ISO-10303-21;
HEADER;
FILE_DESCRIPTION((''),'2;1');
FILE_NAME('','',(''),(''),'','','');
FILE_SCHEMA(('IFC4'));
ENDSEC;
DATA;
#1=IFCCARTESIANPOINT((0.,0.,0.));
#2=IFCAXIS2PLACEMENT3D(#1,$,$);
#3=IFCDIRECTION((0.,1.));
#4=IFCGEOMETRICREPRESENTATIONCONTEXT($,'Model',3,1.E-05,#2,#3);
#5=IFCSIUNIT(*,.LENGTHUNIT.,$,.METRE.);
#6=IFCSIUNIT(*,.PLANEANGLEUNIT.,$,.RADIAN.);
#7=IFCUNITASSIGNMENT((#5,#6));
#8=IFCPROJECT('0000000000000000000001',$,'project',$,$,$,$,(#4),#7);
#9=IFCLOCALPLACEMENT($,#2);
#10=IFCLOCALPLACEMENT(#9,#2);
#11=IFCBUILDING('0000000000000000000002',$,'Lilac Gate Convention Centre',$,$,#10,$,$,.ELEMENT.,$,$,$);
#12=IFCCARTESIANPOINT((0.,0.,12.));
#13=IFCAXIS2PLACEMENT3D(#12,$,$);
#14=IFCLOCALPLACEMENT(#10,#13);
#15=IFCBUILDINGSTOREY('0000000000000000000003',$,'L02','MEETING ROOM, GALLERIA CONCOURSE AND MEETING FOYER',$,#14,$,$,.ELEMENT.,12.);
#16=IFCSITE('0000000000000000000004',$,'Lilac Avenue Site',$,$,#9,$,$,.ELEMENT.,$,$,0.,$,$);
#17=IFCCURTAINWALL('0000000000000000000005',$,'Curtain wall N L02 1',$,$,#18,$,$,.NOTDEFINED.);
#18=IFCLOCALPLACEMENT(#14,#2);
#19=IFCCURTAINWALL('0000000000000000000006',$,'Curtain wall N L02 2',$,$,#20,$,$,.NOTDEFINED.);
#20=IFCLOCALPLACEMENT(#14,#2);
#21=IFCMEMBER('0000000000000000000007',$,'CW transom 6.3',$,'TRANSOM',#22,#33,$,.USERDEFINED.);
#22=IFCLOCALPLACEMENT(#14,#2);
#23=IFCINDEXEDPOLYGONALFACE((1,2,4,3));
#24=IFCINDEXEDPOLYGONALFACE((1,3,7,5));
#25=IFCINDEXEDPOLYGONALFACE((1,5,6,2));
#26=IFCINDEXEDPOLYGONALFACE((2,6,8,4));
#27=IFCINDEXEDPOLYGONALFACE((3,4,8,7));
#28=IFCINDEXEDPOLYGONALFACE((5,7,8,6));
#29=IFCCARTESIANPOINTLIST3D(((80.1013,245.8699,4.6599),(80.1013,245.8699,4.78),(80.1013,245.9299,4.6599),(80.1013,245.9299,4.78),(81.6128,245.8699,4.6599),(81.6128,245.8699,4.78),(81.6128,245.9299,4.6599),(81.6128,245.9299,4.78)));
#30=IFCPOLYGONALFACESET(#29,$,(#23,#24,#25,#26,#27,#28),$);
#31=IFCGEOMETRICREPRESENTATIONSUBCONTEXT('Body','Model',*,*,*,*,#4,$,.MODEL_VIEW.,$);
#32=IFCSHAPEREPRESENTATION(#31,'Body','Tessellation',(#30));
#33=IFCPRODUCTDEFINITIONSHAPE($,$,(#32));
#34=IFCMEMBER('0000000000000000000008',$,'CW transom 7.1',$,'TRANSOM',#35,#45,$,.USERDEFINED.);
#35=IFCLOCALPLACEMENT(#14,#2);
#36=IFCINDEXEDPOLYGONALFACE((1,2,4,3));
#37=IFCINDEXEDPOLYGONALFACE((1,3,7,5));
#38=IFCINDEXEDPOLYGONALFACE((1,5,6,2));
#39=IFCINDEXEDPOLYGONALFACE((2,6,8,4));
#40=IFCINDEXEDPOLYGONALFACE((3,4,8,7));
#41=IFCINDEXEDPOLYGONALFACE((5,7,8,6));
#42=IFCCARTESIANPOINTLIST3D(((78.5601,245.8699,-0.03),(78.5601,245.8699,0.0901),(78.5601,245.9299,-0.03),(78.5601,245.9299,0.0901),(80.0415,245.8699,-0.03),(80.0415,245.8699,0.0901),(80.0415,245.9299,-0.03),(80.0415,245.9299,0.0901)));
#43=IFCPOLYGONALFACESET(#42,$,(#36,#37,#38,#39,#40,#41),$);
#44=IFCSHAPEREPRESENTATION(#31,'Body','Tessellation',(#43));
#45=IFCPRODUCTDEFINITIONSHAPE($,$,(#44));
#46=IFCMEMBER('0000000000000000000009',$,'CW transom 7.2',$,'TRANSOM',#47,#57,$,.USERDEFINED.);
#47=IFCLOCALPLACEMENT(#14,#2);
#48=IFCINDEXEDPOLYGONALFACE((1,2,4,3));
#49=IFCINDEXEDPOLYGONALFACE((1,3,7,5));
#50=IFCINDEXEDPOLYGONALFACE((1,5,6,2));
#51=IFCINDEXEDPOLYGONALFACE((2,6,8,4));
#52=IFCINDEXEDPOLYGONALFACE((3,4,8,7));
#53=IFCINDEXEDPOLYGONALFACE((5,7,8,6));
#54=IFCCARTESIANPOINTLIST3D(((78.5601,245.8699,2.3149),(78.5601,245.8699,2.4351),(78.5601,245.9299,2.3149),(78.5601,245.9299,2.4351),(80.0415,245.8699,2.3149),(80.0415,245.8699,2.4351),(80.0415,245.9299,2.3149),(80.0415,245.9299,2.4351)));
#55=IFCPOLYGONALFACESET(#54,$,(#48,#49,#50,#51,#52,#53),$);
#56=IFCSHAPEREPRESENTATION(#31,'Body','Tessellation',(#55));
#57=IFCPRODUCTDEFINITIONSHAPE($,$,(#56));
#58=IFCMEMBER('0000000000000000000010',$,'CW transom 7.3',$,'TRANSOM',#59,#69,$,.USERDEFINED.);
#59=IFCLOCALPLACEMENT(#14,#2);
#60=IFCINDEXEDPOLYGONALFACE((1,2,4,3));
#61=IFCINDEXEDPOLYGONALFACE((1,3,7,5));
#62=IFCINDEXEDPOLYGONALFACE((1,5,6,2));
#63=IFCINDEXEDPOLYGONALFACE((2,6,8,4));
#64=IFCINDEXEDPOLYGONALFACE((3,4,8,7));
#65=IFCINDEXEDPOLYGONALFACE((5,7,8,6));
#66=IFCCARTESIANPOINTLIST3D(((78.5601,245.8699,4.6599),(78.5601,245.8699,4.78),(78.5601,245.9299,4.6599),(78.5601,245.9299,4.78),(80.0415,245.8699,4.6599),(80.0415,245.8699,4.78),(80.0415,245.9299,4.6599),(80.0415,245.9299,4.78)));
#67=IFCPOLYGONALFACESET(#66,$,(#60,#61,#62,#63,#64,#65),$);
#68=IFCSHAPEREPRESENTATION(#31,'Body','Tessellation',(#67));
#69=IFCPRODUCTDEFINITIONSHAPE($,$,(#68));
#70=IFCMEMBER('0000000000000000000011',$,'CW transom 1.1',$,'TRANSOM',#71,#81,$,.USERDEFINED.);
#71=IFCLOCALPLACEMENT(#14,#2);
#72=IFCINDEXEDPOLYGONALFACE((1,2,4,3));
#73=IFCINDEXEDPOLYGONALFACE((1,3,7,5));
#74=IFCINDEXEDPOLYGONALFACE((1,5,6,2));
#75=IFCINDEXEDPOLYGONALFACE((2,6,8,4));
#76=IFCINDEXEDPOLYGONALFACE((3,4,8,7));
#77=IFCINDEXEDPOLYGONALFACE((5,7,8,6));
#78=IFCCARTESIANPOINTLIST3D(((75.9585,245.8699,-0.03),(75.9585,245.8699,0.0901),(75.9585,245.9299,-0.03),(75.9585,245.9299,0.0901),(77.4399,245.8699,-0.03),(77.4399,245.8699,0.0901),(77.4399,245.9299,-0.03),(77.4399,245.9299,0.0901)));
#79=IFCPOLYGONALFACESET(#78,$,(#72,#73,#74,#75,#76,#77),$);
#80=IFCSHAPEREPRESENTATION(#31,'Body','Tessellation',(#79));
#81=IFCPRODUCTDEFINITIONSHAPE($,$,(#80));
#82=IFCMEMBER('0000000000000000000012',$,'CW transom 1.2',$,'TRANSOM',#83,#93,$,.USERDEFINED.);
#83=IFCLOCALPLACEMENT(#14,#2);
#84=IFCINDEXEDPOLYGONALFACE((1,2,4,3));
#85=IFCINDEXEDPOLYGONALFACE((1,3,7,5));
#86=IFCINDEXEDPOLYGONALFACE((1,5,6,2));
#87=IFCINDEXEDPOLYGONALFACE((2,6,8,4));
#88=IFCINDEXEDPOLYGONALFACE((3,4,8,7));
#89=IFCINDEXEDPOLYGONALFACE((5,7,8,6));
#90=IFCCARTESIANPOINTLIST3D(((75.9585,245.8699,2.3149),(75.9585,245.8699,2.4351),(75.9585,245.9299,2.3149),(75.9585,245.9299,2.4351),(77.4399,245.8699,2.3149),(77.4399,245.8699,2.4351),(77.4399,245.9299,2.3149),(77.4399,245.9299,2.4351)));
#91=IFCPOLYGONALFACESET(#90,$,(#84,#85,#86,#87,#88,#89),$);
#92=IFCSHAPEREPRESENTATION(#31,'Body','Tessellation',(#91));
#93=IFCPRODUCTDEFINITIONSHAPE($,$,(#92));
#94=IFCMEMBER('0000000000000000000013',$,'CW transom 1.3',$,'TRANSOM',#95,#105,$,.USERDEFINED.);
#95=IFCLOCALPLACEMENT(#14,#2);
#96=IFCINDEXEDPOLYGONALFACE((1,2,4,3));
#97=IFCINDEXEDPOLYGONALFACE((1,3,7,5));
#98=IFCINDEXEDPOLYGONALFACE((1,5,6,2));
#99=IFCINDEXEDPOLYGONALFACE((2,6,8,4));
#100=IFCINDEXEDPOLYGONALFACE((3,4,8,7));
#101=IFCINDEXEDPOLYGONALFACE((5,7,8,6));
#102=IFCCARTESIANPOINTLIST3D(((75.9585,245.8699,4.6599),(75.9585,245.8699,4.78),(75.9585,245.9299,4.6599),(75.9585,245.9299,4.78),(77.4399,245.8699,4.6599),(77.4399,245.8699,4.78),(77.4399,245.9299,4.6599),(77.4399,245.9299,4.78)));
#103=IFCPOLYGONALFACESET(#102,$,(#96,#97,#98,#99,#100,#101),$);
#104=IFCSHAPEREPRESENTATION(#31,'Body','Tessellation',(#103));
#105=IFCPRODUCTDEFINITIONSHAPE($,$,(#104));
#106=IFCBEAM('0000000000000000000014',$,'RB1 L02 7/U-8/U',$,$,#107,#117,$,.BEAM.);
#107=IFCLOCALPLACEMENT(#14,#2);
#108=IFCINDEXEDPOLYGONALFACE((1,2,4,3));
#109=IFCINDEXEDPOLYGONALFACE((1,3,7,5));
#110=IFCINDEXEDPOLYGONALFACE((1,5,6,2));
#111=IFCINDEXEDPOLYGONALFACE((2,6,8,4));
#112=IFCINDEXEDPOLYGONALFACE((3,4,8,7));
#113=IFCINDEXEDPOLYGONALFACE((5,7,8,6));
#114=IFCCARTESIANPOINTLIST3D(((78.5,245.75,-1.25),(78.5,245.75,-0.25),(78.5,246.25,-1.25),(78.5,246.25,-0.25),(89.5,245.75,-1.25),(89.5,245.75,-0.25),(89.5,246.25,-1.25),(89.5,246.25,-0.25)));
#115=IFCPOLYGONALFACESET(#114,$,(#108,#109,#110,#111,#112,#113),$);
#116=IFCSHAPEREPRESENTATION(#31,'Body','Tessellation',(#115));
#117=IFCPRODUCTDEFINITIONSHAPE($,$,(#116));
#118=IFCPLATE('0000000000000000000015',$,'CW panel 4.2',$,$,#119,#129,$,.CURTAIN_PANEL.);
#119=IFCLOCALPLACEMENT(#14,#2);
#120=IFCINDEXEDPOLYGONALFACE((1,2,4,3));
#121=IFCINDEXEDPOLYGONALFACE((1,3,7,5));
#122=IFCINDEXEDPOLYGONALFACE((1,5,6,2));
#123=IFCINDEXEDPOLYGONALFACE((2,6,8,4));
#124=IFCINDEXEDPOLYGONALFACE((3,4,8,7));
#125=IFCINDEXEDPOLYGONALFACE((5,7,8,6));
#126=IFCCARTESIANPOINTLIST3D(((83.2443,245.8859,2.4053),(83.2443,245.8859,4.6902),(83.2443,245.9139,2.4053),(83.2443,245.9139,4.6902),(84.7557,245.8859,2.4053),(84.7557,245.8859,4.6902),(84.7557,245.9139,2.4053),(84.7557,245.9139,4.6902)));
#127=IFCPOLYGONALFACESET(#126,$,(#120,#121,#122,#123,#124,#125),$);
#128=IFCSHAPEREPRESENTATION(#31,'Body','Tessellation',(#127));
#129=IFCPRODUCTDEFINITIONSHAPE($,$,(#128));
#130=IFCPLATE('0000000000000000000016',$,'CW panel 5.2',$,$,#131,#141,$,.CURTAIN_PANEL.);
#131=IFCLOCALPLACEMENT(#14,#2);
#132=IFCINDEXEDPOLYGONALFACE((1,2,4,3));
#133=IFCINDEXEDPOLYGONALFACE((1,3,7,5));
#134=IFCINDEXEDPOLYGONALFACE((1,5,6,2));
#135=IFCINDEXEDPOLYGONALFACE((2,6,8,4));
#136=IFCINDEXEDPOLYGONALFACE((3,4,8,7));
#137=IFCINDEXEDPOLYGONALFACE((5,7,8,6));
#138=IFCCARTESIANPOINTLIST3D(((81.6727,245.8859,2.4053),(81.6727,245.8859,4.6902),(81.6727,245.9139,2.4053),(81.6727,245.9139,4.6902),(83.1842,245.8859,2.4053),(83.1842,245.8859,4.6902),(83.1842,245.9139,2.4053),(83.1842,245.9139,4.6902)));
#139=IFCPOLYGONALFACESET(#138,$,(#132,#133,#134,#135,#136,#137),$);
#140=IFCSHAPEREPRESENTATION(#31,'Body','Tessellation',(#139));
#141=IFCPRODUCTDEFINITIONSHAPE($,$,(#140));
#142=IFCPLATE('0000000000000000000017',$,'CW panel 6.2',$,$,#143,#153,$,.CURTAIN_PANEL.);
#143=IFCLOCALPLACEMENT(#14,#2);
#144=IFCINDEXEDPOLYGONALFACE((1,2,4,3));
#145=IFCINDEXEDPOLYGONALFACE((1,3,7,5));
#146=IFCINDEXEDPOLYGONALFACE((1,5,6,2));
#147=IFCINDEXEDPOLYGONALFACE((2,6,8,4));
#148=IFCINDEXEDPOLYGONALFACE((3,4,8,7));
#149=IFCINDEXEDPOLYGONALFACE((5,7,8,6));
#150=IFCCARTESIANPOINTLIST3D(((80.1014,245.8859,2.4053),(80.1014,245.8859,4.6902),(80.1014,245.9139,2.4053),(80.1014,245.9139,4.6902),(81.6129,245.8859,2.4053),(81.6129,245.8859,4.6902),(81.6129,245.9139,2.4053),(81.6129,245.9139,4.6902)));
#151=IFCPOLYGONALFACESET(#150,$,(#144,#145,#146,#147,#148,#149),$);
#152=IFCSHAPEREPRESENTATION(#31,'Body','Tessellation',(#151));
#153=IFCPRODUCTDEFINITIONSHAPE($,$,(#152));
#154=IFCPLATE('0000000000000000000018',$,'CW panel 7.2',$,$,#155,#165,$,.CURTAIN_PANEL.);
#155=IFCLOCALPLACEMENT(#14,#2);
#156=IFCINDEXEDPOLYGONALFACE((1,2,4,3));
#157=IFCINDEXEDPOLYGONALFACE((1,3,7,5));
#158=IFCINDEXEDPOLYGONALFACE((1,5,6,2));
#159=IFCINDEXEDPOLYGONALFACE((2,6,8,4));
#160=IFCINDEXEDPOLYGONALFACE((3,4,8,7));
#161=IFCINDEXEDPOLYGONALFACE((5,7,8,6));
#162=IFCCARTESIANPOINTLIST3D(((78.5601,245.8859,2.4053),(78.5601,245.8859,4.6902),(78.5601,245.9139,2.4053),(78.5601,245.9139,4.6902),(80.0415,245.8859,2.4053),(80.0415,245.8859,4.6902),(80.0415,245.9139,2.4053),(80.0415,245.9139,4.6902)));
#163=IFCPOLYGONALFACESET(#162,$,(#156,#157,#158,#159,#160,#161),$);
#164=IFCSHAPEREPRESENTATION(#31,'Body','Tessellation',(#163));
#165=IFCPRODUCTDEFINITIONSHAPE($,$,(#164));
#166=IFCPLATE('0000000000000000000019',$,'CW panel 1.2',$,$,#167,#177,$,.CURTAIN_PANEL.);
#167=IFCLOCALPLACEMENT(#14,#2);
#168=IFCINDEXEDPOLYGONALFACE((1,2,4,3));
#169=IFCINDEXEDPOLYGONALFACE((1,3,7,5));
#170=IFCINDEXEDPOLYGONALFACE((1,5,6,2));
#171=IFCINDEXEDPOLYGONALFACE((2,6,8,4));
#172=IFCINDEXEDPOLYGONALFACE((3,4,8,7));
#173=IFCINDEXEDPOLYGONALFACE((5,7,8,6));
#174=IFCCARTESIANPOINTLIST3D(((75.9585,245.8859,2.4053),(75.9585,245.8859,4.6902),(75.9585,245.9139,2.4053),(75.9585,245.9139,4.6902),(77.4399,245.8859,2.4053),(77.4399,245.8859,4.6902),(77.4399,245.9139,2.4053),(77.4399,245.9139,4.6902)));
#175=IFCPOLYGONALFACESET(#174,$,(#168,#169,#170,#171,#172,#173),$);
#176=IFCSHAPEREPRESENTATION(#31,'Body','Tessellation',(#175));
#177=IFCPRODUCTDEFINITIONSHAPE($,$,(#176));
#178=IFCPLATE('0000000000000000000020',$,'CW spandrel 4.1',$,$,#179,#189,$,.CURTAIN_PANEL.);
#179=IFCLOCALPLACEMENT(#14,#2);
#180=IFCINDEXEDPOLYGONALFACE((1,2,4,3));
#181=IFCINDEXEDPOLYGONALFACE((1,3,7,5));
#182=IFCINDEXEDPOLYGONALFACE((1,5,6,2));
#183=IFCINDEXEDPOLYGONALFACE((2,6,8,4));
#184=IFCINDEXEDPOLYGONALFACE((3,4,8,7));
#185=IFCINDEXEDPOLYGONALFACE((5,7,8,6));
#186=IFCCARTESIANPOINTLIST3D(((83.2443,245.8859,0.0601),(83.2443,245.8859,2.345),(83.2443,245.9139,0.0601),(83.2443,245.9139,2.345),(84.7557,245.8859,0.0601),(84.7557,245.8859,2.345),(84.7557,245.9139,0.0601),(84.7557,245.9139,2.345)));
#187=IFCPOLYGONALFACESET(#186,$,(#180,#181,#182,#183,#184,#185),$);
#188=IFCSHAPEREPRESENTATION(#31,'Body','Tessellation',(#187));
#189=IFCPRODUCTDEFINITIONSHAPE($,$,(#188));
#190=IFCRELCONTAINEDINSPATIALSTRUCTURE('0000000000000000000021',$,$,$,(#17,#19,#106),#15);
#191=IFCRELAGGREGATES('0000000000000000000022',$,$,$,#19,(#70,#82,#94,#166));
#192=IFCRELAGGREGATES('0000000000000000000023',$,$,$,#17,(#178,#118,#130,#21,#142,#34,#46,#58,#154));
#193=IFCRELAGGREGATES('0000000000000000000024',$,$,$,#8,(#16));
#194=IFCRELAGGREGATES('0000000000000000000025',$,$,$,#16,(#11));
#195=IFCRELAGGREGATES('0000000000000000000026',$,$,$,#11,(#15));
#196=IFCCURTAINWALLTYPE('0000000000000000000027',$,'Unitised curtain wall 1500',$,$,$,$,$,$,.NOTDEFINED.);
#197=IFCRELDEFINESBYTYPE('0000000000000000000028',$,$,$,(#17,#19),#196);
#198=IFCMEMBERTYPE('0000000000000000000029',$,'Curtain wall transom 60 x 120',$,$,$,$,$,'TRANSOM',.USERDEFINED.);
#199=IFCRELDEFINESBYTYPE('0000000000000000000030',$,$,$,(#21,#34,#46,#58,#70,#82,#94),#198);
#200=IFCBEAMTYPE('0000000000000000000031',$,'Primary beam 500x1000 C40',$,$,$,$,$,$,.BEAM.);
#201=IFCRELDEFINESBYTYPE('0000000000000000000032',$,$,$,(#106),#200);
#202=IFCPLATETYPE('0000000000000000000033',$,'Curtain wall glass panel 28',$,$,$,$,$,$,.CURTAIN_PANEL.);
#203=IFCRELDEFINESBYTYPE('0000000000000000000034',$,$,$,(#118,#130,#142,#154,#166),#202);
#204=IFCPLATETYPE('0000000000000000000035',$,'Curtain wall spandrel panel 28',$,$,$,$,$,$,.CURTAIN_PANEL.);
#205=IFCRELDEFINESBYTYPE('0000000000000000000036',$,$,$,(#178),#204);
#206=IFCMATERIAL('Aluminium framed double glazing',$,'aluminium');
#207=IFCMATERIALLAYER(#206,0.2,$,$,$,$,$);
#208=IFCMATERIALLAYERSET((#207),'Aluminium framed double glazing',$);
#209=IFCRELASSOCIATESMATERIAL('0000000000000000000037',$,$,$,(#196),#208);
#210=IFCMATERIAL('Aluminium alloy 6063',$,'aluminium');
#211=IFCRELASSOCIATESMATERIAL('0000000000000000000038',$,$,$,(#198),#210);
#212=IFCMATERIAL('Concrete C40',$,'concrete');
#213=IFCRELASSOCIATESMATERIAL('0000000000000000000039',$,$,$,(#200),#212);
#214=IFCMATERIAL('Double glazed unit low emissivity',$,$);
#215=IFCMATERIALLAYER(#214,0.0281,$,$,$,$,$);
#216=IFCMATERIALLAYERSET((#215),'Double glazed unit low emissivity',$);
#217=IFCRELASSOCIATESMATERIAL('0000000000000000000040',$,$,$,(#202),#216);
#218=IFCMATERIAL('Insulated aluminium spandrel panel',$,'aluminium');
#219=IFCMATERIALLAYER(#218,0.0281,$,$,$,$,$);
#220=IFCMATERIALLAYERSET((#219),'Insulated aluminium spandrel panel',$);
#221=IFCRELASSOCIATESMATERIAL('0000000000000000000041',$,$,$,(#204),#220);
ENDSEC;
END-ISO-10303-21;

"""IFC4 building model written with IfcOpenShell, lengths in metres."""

from ifc_helpers import new_model, si_unit, direction, frame, origin, origin_2d, place, context, subcontext, project, spatial, rectangle, extrude, material, layer, layer_set, material_profile, profile_set, type_object, element, aggregate, save


model = new_model("IFC4")

# Units and contexts
model_context = context("Model", 3, precision=1e-05, world=origin(), true_north=direction((0.0, 1.0)))
body_context = subcontext(model_context, "Body", "Model", "MODEL_VIEW")
ifc_project = project(units=[si_unit("LENGTHUNIT", "METRE"), si_unit("PLANEANGLEUNIT", "RADIAN")], contexts=[model_context])

# Site, building, storey
site_placement = place(None, origin())
site = spatial("IfcSite", under=ifc_project, at=site_placement, Name="Lilac Avenue Site", CompositionType="ELEMENT", RefElevation=0.0)
building_placement = place(site_placement, origin())
building = spatial("IfcBuilding", under=site, at=building_placement, Name="Lilac Gate Convention Centre", CompositionType="ELEMENT")
storey_placement = place(building_placement, frame((0.0, 0.0, 12.0)))
storey = spatial("IfcBuildingStorey", under=building, at=storey_placement, Name="L02", Description="MEETING ROOM, GALLERIA CONCOURSE AND MEETING FOYER", CompositionType="ELEMENT", Elevation=12.0)

# Curtain wall
ifc_material_1 = material(Name="Aluminium framed double glazing", Category="aluminium")
ifc_layer_1 = layer(ifc_material_1, 0.2)
ifc_layer_set_1 = layer_set([ifc_layer_1], Name="Aluminium framed double glazing")
curtain_wall_type = type_object("IfcCurtainWallType", Name="Unitised curtain wall 1500", PredefinedType="NOTDEFINED", material=ifc_layer_set_1)
curtain_wall_1_placement = place(storey_placement, origin())
curtain_wall_1 = element("IfcCurtainWall", 1, at=curtain_wall_1_placement, inside=storey, type_object=curtain_wall_type, Name="Curtain wall N L02 1", PredefinedType="NOTDEFINED")
ifc_material_2 = material(Name="Aluminium alloy 6063", Category="aluminium")

# Curtain wall
curtain_wall_2_placement = place(storey_placement, origin())
curtain_wall_2 = element("IfcCurtainWall", 2, at=curtain_wall_2_placement, inside=storey, type_object=curtain_wall_type, Name="Curtain wall N L02 2", PredefinedType="NOTDEFINED")

# Members
ifc_material_profile_1 = material_profile(ifc_material_2, rectangle(XDim=0.0601, YDim=0.1201, at=origin_2d()), Name="Curtain wall transom 60 x 120")
ifc_profile_set_1 = profile_set([ifc_material_profile_1], Name="Aluminium alloy 6063")
member_type_1 = type_object("IfcMemberType", Name="Curtain wall transom 60 x 120", ElementType="TRANSOM", PredefinedType="USERDEFINED", material=ifc_profile_set_1)
member_1_placement = place(storey_placement, frame((81.6128, 245.8999, 4.72), z_axis=(-1.0, 0.0, 0.0), x_axis=(0.0, -1.0, 0.0)))
member_1 = element("IfcMember", 3, at=member_1_placement, type_object=member_type_1, Name="CW transom 6.3", ObjectType="TRANSOM", PredefinedType="USERDEFINED", context=body_context, shape_type="SweptSolid", body=[
    extrude(rectangle(XDim=0.0601, YDim=0.1201, at=origin_2d()), origin(), (0.0, 0.0, 1.0), 1.5115),
])
member_2_placement = place(storey_placement, frame((80.0415, 245.8999, 0.03), z_axis=(-1.0, 0.0, 0.0), x_axis=(0.0, -1.0, 0.0)))
member_2 = element("IfcMember", 4, at=member_2_placement, type_object=member_type_1, Name="CW transom 7.1", ObjectType="TRANSOM", PredefinedType="USERDEFINED", context=body_context, shape_type="SweptSolid", body=[
    extrude(rectangle(XDim=0.0601, YDim=0.1201, at=origin_2d()), origin(), (0.0, 0.0, 1.0), 1.4814),
])
member_3_placement = place(storey_placement, frame((80.0415, 245.8999, 2.375), z_axis=(-1.0, 0.0, 0.0), x_axis=(0.0, -1.0, 0.0)))
member_3 = element("IfcMember", 5, at=member_3_placement, type_object=member_type_1, Name="CW transom 7.2", ObjectType="TRANSOM", PredefinedType="USERDEFINED", context=body_context, shape_type="SweptSolid", body=[
    extrude(rectangle(XDim=0.0601, YDim=0.1201, at=origin_2d()), origin(), (0.0, 0.0, 1.0), 1.4814),
])
member_4_placement = place(storey_placement, frame((80.0415, 245.8999, 4.72), z_axis=(-1.0, 0.0, 0.0), x_axis=(0.0, -1.0, 0.0)))
member_4 = element("IfcMember", 6, at=member_4_placement, type_object=member_type_1, Name="CW transom 7.3", ObjectType="TRANSOM", PredefinedType="USERDEFINED", context=body_context, shape_type="SweptSolid", body=[
    extrude(rectangle(XDim=0.0601, YDim=0.1201, at=origin_2d()), origin(), (0.0, 0.0, 1.0), 1.4814),
])
member_5_placement = place(storey_placement, frame((77.4399, 245.8999, 0.03), z_axis=(-1.0, 0.0, 0.0), x_axis=(0.0, -1.0, 0.0)))
member_5 = element("IfcMember", 7, at=member_5_placement, type_object=member_type_1, Name="CW transom 1.1", ObjectType="TRANSOM", PredefinedType="USERDEFINED", context=body_context, shape_type="SweptSolid", body=[
    extrude(rectangle(XDim=0.0601, YDim=0.1201, at=origin_2d()), origin(), (0.0, 0.0, 1.0), 1.4814),
])
member_6_placement = place(storey_placement, frame((77.4399, 245.8999, 2.375), z_axis=(-1.0, 0.0, 0.0), x_axis=(0.0, -1.0, 0.0)))
member_6 = element("IfcMember", 8, at=member_6_placement, type_object=member_type_1, Name="CW transom 1.2", ObjectType="TRANSOM", PredefinedType="USERDEFINED", context=body_context, shape_type="SweptSolid", body=[
    extrude(rectangle(XDim=0.0601, YDim=0.1201, at=origin_2d()), origin(), (0.0, 0.0, 1.0), 1.4814),
])
member_7_placement = place(storey_placement, frame((77.4399, 245.8999, 4.72), z_axis=(-1.0, 0.0, 0.0), x_axis=(0.0, -1.0, 0.0)))
member_7 = element("IfcMember", 9, at=member_7_placement, type_object=member_type_1, Name="CW transom 1.3", ObjectType="TRANSOM", PredefinedType="USERDEFINED", context=body_context, shape_type="SweptSolid", body=[
    extrude(rectangle(XDim=0.0601, YDim=0.1201, at=origin_2d()), origin(), (0.0, 0.0, 1.0), 1.4814),
])

# Beam
ifc_material_3 = material(Name="Concrete C40", Category="concrete")
ifc_material_profile_2 = material_profile(ifc_material_3, rectangle(XDim=0.5, YDim=1.0, at=origin_2d()), Name="RC 500x1000")
ifc_profile_set_2 = profile_set([ifc_material_profile_2], Name="Concrete C40")
beam_type = type_object("IfcBeamType", Name="Primary beam 500x1000 C40", PredefinedType="BEAM", material=ifc_profile_set_2)
beam_placement = place(storey_placement, frame((78.5, 246.0, -0.75), z_axis=(1.0, 0.0, 0.0), x_axis=(0.0, 1.0, 0.0)))
element("IfcBeam", 10, at=beam_placement, inside=storey, type_object=beam_type, Name="RB1 L02 7/U-8/U", PredefinedType="BEAM", context=body_context, shape_type="SweptSolid", body=[
    extrude(rectangle(XDim=0.5, YDim=1.0, at=origin_2d()), origin(), (0.0, 0.0, 1.0), 11.0),
])

# Plates
ifc_material_4 = material(Name="Double glazed unit low emissivity")
ifc_layer_2 = layer(ifc_material_4, 0.0281)
ifc_layer_set_2 = layer_set([ifc_layer_2], Name="Double glazed unit low emissivity")
plate_type_1 = type_object("IfcPlateType", Name="Curtain wall glass panel 28", PredefinedType="CURTAIN_PANEL", material=ifc_layer_set_2)
plate_1_placement = place(storey_placement, frame((84.0, 245.8999, 2.4053), z_axis=(0.0, 0.0, 1.0), x_axis=(-1.0, 0.0, 0.0)))
plate_1 = element("IfcPlate", 11, at=plate_1_placement, type_object=plate_type_1, Name="CW panel 4.2", PredefinedType="CURTAIN_PANEL", context=body_context, shape_type="SweptSolid", body=[
    extrude(rectangle(XDim=1.5115, YDim=0.0281, at=origin_2d()), origin(), (0.0, 0.0, 1.0), 2.2849),
])
plate_2_placement = place(storey_placement, frame((82.4285, 245.8999, 2.4053), z_axis=(0.0, 0.0, 1.0), x_axis=(-1.0, 0.0, 0.0)))
plate_2 = element("IfcPlate", 12, at=plate_2_placement, type_object=plate_type_1, Name="CW panel 5.2", PredefinedType="CURTAIN_PANEL", context=body_context, shape_type="SweptSolid", body=[
    extrude(rectangle(XDim=1.5115, YDim=0.0281, at=origin_2d()), origin(), (0.0, 0.0, 1.0), 2.2849),
])
plate_3_placement = place(storey_placement, frame((80.8572, 245.8999, 2.4053), z_axis=(0.0, 0.0, 1.0), x_axis=(-1.0, 0.0, 0.0)))
plate_3 = element("IfcPlate", 13, at=plate_3_placement, type_object=plate_type_1, Name="CW panel 6.2", PredefinedType="CURTAIN_PANEL", context=body_context, shape_type="SweptSolid", body=[
    extrude(rectangle(XDim=1.5115, YDim=0.0281, at=origin_2d()), origin(), (0.0, 0.0, 1.0), 2.2849),
])
plate_4_placement = place(storey_placement, frame((79.3008, 245.8999, 2.4053), z_axis=(0.0, 0.0, 1.0), x_axis=(-1.0, 0.0, 0.0)))
plate_4 = element("IfcPlate", 14, at=plate_4_placement, type_object=plate_type_1, Name="CW panel 7.2", PredefinedType="CURTAIN_PANEL", context=body_context, shape_type="SweptSolid", body=[
    extrude(rectangle(XDim=1.4814, YDim=0.0281, at=origin_2d()), origin(), (0.0, 0.0, 1.0), 2.2849),
])
plate_5_placement = place(storey_placement, frame((76.6992, 245.8999, 2.4053), z_axis=(0.0, 0.0, 1.0), x_axis=(-1.0, 0.0, 0.0)))
plate_5 = element("IfcPlate", 15, at=plate_5_placement, type_object=plate_type_1, Name="CW panel 1.2", PredefinedType="CURTAIN_PANEL", context=body_context, shape_type="SweptSolid", body=[
    extrude(rectangle(XDim=1.4814, YDim=0.0281, at=origin_2d()), origin(), (0.0, 0.0, 1.0), 2.2849),
])
aggregate(curtain_wall_2, [member_5, member_6, member_7, plate_5])
ifc_material_5 = material(Name="Insulated aluminium spandrel panel", Category="aluminium")
ifc_layer_3 = layer(ifc_material_5, 0.0281)
ifc_layer_set_3 = layer_set([ifc_layer_3], Name="Insulated aluminium spandrel panel")
plate_type_2 = type_object("IfcPlateType", Name="Curtain wall spandrel panel 28", PredefinedType="CURTAIN_PANEL", material=ifc_layer_set_3)
plate_6_placement = place(storey_placement, frame((84.0, 245.8999, 0.0601), z_axis=(0.0, 0.0, 1.0), x_axis=(-1.0, 0.0, 0.0)))
plate_6 = element("IfcPlate", 16, at=plate_6_placement, type_object=plate_type_2, Name="CW spandrel 4.1", PredefinedType="CURTAIN_PANEL", context=body_context, shape_type="SweptSolid", body=[
    extrude(rectangle(XDim=1.5115, YDim=0.0281, at=origin_2d()), origin(), (0.0, 0.0, 1.0), 2.2849),
])
aggregate(curtain_wall_1, [plate_6, plate_1, plate_2, member_1, plate_3, member_2, member_3, member_4, plate_4])

save(model, "model.ifc")
